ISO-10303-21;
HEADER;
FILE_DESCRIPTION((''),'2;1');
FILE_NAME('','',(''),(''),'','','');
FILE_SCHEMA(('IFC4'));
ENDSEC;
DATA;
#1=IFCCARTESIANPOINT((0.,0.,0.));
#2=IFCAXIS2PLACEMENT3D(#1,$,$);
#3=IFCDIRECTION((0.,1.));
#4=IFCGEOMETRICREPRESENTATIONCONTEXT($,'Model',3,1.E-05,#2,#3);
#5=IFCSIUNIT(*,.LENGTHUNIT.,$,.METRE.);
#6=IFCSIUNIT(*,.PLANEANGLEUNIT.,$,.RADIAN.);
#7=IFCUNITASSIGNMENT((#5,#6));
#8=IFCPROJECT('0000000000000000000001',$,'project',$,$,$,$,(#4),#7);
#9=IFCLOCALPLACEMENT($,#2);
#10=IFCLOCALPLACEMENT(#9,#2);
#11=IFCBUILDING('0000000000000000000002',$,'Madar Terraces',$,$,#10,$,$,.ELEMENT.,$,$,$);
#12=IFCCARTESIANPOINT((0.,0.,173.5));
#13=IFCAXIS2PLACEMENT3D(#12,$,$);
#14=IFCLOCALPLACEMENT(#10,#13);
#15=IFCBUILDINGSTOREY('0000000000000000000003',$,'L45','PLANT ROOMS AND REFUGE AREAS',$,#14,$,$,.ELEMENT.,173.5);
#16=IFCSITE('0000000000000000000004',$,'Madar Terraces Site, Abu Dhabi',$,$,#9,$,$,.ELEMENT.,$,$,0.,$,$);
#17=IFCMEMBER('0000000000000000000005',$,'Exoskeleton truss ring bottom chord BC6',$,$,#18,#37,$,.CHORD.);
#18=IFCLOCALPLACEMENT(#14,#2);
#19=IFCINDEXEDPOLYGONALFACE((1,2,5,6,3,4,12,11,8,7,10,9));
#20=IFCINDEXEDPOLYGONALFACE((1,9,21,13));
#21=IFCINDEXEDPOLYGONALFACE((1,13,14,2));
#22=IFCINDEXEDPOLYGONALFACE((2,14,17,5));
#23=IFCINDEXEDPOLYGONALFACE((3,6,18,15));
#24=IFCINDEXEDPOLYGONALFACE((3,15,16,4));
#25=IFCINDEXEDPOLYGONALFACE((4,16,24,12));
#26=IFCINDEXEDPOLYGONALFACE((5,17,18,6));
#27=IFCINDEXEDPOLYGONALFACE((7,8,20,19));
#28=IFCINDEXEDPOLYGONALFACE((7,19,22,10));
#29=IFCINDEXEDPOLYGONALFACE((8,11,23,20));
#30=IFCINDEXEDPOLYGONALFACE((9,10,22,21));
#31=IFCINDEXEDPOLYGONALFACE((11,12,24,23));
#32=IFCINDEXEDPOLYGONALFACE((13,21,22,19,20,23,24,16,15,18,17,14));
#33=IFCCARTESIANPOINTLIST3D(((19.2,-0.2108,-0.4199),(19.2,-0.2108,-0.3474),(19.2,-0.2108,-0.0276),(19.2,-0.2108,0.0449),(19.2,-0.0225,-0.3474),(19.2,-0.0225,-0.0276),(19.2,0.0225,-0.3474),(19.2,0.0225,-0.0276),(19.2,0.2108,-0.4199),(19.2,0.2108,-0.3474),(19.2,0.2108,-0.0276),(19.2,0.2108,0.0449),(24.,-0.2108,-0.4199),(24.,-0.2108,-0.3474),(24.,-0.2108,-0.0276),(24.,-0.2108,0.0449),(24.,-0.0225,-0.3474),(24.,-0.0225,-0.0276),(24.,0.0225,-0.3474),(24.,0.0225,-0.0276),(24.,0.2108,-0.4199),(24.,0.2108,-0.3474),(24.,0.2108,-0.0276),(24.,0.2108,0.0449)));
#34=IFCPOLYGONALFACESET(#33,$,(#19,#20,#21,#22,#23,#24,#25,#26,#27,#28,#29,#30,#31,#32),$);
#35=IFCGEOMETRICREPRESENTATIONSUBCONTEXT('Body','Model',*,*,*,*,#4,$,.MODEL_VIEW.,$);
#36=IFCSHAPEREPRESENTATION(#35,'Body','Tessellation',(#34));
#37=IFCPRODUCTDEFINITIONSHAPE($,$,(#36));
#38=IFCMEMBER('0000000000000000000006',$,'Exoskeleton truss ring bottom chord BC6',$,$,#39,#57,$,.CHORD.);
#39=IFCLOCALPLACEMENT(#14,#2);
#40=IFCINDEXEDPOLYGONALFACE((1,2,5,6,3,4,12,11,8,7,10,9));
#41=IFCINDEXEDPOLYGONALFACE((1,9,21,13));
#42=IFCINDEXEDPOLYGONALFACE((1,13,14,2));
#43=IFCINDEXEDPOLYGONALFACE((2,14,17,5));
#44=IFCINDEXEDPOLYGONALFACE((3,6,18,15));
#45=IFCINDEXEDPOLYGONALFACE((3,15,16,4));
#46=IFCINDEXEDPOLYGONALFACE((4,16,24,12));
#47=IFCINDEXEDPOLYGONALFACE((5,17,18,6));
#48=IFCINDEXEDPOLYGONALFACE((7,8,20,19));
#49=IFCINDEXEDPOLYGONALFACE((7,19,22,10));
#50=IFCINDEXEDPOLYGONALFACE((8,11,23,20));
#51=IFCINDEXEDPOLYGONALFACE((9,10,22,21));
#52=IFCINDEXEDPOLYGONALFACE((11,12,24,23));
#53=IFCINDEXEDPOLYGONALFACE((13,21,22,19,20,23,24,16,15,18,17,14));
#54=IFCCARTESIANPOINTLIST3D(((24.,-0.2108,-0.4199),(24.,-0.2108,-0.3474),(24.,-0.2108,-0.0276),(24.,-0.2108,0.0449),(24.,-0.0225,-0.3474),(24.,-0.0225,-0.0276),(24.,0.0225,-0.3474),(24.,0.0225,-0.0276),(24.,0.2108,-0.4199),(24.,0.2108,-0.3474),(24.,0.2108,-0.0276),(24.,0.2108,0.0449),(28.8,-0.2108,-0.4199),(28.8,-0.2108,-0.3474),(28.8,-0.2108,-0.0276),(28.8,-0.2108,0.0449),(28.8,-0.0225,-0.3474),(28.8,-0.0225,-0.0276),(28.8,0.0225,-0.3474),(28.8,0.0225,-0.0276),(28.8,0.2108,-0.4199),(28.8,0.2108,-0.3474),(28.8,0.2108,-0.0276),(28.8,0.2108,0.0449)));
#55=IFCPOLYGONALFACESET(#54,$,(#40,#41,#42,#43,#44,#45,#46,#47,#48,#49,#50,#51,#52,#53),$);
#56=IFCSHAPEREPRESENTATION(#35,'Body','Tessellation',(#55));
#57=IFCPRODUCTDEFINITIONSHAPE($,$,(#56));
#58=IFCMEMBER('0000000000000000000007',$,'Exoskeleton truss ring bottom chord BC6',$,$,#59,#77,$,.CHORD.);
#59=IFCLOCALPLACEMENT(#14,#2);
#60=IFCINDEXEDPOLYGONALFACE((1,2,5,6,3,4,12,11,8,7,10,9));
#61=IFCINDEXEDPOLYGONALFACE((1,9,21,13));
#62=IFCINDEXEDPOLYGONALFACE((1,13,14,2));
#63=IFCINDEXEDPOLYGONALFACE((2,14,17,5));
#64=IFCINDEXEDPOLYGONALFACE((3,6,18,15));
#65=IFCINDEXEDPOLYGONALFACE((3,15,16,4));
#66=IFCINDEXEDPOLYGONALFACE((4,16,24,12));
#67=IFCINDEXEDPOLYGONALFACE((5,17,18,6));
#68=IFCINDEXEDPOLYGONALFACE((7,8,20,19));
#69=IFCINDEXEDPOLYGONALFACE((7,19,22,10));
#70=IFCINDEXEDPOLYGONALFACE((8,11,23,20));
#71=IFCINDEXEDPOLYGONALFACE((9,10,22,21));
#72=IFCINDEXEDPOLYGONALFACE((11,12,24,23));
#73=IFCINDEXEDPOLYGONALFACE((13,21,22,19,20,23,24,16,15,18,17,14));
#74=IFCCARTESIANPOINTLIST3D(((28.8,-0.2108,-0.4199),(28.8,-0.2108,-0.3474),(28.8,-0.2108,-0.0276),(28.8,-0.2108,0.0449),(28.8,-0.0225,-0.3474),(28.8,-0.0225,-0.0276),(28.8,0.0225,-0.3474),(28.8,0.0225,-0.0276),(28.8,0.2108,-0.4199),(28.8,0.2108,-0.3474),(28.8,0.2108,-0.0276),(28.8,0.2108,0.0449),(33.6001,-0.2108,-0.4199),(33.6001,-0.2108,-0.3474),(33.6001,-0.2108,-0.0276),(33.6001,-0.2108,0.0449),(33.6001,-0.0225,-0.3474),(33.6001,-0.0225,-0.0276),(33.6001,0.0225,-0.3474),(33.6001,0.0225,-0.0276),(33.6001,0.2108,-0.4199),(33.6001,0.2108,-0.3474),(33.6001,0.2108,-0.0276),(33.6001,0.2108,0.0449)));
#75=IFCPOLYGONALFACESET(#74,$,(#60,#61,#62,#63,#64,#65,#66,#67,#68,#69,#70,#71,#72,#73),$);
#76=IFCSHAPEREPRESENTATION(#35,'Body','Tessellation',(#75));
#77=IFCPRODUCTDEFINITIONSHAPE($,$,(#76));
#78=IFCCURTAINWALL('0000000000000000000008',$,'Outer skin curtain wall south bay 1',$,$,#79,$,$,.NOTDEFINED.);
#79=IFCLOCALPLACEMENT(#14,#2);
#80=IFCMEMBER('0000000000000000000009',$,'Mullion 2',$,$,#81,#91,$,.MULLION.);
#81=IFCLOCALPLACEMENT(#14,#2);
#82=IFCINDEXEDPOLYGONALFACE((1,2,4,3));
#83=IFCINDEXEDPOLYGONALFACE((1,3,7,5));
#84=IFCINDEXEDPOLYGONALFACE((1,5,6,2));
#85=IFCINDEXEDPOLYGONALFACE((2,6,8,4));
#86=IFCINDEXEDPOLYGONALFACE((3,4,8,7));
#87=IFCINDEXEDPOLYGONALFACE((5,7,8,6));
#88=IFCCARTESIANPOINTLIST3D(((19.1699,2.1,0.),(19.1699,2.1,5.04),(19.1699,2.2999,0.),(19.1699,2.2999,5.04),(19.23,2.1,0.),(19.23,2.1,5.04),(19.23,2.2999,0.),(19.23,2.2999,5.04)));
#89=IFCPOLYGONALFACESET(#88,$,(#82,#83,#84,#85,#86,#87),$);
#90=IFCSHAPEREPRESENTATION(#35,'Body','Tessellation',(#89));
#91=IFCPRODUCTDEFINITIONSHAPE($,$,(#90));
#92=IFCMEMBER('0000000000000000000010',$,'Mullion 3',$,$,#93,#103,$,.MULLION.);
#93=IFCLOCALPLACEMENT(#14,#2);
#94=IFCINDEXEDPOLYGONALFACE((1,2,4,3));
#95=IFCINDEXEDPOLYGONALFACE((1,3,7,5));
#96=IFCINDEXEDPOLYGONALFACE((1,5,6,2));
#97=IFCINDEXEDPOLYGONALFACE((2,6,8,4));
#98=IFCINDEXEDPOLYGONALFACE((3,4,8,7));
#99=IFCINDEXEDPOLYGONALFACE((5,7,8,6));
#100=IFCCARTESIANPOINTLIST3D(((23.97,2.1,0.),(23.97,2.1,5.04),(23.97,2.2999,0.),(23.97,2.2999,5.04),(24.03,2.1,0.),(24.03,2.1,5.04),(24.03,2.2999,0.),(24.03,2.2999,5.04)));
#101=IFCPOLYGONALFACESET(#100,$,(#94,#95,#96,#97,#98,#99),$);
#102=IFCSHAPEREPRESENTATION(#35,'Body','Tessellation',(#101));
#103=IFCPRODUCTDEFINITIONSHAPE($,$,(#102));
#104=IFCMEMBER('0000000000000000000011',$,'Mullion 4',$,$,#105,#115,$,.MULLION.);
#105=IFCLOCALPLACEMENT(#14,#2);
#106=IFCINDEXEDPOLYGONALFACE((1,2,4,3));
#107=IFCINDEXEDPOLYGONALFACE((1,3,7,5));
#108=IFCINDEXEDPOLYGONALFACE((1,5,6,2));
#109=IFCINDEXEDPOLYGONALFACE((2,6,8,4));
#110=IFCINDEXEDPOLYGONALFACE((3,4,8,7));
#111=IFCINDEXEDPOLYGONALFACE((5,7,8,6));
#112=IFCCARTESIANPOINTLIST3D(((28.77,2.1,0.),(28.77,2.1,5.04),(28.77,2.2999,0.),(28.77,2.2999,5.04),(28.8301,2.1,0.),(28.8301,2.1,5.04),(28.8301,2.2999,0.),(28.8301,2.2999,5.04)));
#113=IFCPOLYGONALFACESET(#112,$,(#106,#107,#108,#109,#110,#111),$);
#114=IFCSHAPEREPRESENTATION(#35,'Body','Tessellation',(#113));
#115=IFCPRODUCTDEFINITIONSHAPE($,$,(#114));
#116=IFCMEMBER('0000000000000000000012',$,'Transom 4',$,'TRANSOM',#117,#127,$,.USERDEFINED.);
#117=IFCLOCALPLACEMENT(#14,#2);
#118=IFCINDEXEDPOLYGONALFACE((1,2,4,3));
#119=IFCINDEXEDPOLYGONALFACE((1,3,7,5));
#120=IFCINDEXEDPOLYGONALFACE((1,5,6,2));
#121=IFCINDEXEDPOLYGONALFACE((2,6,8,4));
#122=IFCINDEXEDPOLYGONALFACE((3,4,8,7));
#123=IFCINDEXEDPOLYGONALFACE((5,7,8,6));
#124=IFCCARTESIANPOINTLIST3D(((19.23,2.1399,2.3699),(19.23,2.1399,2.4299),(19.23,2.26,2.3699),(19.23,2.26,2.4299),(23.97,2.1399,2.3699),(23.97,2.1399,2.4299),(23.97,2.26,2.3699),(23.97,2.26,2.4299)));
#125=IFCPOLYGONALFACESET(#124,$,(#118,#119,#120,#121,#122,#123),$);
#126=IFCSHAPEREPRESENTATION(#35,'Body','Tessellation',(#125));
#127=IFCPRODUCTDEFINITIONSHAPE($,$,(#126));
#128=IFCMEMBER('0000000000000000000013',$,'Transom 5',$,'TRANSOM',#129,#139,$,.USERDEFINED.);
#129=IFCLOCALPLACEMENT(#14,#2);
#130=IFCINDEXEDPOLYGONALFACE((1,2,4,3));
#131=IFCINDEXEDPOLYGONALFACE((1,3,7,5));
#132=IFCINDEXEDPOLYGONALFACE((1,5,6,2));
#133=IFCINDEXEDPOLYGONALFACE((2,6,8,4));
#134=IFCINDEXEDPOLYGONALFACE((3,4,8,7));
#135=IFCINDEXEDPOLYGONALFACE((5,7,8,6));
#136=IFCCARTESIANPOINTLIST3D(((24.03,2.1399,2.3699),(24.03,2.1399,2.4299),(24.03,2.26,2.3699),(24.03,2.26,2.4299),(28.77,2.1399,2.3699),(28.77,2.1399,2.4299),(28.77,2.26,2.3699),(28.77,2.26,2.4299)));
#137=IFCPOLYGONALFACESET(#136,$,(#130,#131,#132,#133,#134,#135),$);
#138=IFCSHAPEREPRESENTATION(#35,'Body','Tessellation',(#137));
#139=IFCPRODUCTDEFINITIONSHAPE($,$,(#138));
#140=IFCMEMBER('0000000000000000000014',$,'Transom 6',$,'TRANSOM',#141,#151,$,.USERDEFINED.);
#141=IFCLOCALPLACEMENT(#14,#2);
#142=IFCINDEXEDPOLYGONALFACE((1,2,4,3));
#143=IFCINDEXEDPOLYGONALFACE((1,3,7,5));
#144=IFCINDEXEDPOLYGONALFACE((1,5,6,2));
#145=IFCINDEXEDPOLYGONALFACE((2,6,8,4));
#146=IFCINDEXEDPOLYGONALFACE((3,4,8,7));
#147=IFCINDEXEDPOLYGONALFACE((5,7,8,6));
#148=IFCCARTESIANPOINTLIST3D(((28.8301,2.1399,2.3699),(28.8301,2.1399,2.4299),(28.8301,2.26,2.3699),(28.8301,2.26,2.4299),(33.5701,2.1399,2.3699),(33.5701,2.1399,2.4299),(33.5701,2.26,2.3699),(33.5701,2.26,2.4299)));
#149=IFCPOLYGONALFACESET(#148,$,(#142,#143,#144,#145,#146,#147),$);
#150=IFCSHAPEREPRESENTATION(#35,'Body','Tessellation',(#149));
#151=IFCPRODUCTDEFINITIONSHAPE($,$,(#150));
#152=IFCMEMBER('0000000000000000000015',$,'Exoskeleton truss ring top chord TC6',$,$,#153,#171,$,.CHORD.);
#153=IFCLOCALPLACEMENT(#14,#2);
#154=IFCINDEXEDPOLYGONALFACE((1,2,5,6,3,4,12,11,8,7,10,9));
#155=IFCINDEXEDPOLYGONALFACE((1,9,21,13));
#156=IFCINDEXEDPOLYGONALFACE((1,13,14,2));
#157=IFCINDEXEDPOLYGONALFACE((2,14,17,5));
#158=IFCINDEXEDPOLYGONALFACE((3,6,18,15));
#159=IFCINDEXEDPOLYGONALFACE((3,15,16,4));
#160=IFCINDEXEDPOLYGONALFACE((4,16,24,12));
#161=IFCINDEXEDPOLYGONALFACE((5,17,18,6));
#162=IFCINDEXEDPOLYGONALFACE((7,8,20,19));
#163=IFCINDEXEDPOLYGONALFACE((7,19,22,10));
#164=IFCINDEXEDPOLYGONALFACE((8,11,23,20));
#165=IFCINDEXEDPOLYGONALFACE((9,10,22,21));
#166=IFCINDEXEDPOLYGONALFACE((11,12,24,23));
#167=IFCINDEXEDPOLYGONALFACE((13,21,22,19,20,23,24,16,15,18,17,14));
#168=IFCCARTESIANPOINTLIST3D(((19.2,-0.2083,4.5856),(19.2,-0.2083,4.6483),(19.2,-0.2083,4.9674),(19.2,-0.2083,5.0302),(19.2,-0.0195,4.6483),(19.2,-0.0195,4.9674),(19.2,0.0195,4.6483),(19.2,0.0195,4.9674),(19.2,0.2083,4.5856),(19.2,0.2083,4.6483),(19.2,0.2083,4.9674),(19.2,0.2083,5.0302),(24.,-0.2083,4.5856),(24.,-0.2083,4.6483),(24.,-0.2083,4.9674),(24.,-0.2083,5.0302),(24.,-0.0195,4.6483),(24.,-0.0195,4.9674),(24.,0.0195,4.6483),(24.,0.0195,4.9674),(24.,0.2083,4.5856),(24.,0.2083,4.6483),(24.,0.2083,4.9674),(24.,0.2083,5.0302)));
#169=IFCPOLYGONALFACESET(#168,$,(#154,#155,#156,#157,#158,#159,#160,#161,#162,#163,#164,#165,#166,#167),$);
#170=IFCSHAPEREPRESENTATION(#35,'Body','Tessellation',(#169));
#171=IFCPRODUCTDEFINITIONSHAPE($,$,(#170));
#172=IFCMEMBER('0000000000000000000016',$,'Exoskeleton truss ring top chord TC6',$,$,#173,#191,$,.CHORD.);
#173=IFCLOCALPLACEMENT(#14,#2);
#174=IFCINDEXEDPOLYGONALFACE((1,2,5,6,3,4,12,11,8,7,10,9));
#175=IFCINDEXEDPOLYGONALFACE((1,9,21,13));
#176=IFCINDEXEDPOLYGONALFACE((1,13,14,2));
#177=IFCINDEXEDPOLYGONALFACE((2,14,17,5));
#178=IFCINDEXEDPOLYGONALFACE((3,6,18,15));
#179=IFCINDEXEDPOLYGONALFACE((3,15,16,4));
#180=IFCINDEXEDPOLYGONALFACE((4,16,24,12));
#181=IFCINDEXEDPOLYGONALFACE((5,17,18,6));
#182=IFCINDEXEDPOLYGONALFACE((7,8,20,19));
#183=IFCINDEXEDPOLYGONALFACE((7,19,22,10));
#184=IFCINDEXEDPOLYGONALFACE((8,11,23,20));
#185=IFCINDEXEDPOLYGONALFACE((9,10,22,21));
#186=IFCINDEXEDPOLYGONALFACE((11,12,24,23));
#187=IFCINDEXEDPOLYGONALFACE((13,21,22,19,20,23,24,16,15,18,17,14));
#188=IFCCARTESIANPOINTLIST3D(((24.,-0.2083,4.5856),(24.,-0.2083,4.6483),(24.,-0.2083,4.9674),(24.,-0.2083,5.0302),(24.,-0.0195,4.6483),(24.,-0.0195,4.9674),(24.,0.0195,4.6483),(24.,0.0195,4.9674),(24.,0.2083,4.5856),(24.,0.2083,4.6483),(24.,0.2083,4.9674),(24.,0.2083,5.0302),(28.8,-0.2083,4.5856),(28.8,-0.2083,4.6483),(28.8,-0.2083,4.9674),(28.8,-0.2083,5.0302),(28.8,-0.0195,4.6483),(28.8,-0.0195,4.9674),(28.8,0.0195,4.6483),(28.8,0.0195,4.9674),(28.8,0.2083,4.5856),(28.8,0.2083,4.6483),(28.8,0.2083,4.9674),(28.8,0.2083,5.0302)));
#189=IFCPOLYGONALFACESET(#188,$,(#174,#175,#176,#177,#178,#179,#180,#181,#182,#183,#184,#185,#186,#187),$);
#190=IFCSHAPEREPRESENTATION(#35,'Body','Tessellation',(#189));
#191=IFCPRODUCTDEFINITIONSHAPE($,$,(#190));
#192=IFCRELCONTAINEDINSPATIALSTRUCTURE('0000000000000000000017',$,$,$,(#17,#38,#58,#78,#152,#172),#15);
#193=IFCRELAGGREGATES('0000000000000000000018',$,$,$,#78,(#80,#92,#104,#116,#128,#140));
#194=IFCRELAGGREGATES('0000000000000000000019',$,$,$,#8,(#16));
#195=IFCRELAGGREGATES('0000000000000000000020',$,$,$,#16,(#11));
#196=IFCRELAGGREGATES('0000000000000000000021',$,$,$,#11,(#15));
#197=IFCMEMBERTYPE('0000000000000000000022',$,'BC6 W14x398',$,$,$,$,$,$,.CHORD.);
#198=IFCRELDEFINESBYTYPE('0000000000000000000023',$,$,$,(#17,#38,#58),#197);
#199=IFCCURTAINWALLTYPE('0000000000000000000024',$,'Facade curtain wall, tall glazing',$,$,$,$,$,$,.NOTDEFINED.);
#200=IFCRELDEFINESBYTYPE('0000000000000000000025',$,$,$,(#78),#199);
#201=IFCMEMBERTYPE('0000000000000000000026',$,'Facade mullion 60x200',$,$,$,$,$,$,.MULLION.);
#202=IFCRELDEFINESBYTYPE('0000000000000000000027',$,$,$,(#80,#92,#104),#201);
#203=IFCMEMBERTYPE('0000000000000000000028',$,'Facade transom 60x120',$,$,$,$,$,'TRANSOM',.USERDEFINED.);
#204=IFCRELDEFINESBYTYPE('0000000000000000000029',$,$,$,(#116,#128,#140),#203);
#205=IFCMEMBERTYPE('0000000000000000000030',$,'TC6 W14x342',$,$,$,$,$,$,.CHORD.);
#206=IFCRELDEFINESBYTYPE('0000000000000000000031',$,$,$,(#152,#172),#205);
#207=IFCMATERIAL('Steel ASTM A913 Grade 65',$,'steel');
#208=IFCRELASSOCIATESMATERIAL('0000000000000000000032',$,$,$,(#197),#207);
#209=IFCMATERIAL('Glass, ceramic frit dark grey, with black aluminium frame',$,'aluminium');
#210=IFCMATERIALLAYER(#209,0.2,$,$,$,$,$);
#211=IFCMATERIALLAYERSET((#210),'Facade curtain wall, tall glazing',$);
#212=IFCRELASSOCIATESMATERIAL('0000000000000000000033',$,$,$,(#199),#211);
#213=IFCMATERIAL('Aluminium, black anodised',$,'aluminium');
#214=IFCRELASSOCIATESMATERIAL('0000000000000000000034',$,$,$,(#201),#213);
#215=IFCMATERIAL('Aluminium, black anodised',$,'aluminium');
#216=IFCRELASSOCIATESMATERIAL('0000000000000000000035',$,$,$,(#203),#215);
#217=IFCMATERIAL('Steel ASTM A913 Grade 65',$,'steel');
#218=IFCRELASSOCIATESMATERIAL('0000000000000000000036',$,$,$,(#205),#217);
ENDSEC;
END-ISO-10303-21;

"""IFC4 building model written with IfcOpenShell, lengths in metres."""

from ifc_helpers import new_model, si_unit, direction, frame, origin, origin_2d, place, context, subcontext, project, spatial, rectangle, i_section, extrude, material, layer, layer_set, material_profile, profile_set, type_object, element, aggregate, save


model = new_model("IFC4")

# Units and contexts
model_context = context("Model", 3, precision=1e-05, world=origin(), true_north=direction((0.0, 1.0)))
body_context = subcontext(model_context, "Body", "Model", "MODEL_VIEW")
ifc_project = project(units=[si_unit("LENGTHUNIT", "METRE"), si_unit("PLANEANGLEUNIT", "RADIAN")], contexts=[model_context])

# Site, building, storey
site_placement = place(None, origin())
site = spatial("IfcSite", under=ifc_project, at=site_placement, Name="Madar Terraces Site, Abu Dhabi", CompositionType="ELEMENT", RefElevation=0.0)
building_placement = place(site_placement, origin())
building = spatial("IfcBuilding", under=site, at=building_placement, Name="Madar Terraces", CompositionType="ELEMENT")
storey_placement = place(building_placement, frame((0.0, 0.0, 173.5)))
storey = spatial("IfcBuildingStorey", under=building, at=storey_placement, Name="L45", Description="PLANT ROOMS AND REFUGE AREAS", CompositionType="ELEMENT", Elevation=173.5)

# Members
ifc_material_1 = material(Name="Steel ASTM A913 Grade 65", Category="steel")
ifc_material_profile_1 = material_profile(ifc_material_1, i_section(OverallWidth=0.4216, OverallDepth=0.4648, WebThickness=0.0449, FlangeThickness=0.0725, at=origin_2d()), Name="W14x398")
ifc_profile_set_1 = profile_set([ifc_material_profile_1], Name="Steel ASTM A913 Grade 65")
member_type_1 = type_object("IfcMemberType", Name="BC6 W14x398", PredefinedType="CHORD", material=ifc_profile_set_1)
for number, where, z_axis, x_axis, name in (
    (1, (19.2, 0.0, -0.1875), (1.0, 0.0, 0.0), (0.0, 1.0, 0.0), "Exoskeleton truss ring bottom chord BC6"),
    (2, (24.0, 0.0, -0.1875), (1.0, 0.0, 0.0), (0.0, 1.0, 0.0), "Exoskeleton truss ring bottom chord BC6"),
    (3, (28.8, 0.0, -0.1875), (1.0, 0.0, 0.0), (0.0, 1.0, 0.0), "Exoskeleton truss ring bottom chord BC6"),
):
    element("IfcMember", number, at=place(storey_placement, frame(where, z_axis=z_axis, x_axis=x_axis)), inside=storey, type_object=member_type_1, Name=name, PredefinedType="CHORD", context=body_context, shape_type="SweptSolid", body=[
        extrude(i_section(OverallWidth=0.4216, OverallDepth=0.4648, WebThickness=0.0449, FlangeThickness=0.0725, at=origin_2d()), origin(), (0.0, 0.0, 1.0), 4.8),
    ])

# Curtain wall, members
ifc_material_2 = material(Name="Glass, ceramic frit dark grey, with black aluminium frame", Category="aluminium")
ifc_layer_1 = layer(ifc_material_2, 0.2)
ifc_layer_set_1 = layer_set([ifc_layer_1], Name="Facade curtain wall, tall glazing")
curtain_wall_type = type_object("IfcCurtainWallType", Name="Facade curtain wall, tall glazing", PredefinedType="NOTDEFINED", material=ifc_layer_set_1)
curtain_wall_placement = place(storey_placement, origin())
curtain_wall = element("IfcCurtainWall", 4, at=curtain_wall_placement, inside=storey, type_object=curtain_wall_type, Name="Outer skin curtain wall south bay 1", PredefinedType="NOTDEFINED")
ifc_material_3 = material(Name="Aluminium, black anodised", Category="aluminium")
ifc_material_profile_2 = material_profile(ifc_material_3, rectangle(XDim=0.2, YDim=0.0601, at=origin_2d()), Name="Facade mullion 60x200")
ifc_profile_set_2 = profile_set([ifc_material_profile_2], Name="Aluminium, black anodised")
member_type_2 = type_object("IfcMemberType", Name="Facade mullion 60x200", PredefinedType="MULLION", material=ifc_profile_set_2)
member_1_placement = place(storey_placement, frame((19.2, 2.2, 0.0), z_axis=(0.0, 0.0, 1.0), x_axis=(0.0, 1.0, 0.0)))
member_1 = element("IfcMember", 5, at=member_1_placement, type_object=member_type_2, Name="Mullion 2", PredefinedType="MULLION", context=body_context, shape_type="SweptSolid", body=[
    extrude(rectangle(XDim=0.2, YDim=0.0601, at=origin_2d()), origin(), (0.0, 0.0, 1.0), 5.04),
])
member_2_placement = place(storey_placement, frame((24.0, 2.2, 0.0), z_axis=(0.0, 0.0, 1.0), x_axis=(0.0, 1.0, 0.0)))
member_2 = element("IfcMember", 6, at=member_2_placement, type_object=member_type_2, Name="Mullion 3", PredefinedType="MULLION", context=body_context, shape_type="SweptSolid", body=[
    extrude(rectangle(XDim=0.2, YDim=0.0601, at=origin_2d()), origin(), (0.0, 0.0, 1.0), 5.04),
])
member_3_placement = place(storey_placement, frame((28.8, 2.2, 0.0), z_axis=(0.0, 0.0, 1.0), x_axis=(0.0, 1.0, 0.0)))
member_3 = element("IfcMember", 7, at=member_3_placement, type_object=member_type_2, Name="Mullion 4", PredefinedType="MULLION", context=body_context, shape_type="SweptSolid", body=[
    extrude(rectangle(XDim=0.2, YDim=0.0601, at=origin_2d()), origin(), (0.0, 0.0, 1.0), 5.04),
])
ifc_material_4 = material(Name="Aluminium, black anodised", Category="aluminium")
ifc_material_profile_3 = material_profile(ifc_material_4, rectangle(XDim=0.1201, YDim=0.0601, at=origin_2d()), Name="Facade transom 60x120")
ifc_profile_set_3 = profile_set([ifc_material_profile_3], Name="Aluminium, black anodised")
member_type_3 = type_object("IfcMemberType", Name="Facade transom 60x120", ElementType="TRANSOM", PredefinedType="USERDEFINED", material=ifc_profile_set_3)
member_4_placement = place(storey_placement, frame((19.23, 2.2, 2.3999), z_axis=(1.0, 0.0, 0.0), x_axis=(0.0, 1.0, 0.0)))
member_4 = element("IfcMember", 8, at=member_4_placement, type_object=member_type_3, Name="Transom 4", ObjectType="TRANSOM", PredefinedType="USERDEFINED", context=body_context, shape_type="SweptSolid", body=[
    extrude(rectangle(XDim=0.1201, YDim=0.0601, at=origin_2d()), origin(), (0.0, 0.0, 1.0), 4.74),
])
member_5_placement = place(storey_placement, frame((24.03, 2.2, 2.3999), z_axis=(1.0, 0.0, 0.0), x_axis=(0.0, 1.0, 0.0)))
member_5 = element("IfcMember", 9, at=member_5_placement, type_object=member_type_3, Name="Transom 5", ObjectType="TRANSOM", PredefinedType="USERDEFINED", context=body_context, shape_type="SweptSolid", body=[
    extrude(rectangle(XDim=0.1201, YDim=0.0601, at=origin_2d()), origin(), (0.0, 0.0, 1.0), 4.74),
])
member_6_placement = place(storey_placement, frame((28.8301, 2.2, 2.3999), z_axis=(1.0, 0.0, 0.0), x_axis=(0.0, 1.0, 0.0)))
member_6 = element("IfcMember", 10, at=member_6_placement, type_object=member_type_3, Name="Transom 6", ObjectType="TRANSOM", PredefinedType="USERDEFINED", context=body_context, shape_type="SweptSolid", body=[
    extrude(rectangle(XDim=0.1201, YDim=0.0601, at=origin_2d()), origin(), (0.0, 0.0, 1.0), 4.74),
])

# Members
ifc_material_5 = material(Name="Steel ASTM A913 Grade 65", Category="steel")
ifc_material_profile_4 = material_profile(ifc_material_5, i_section(OverallWidth=0.4165, OverallDepth=0.4446, WebThickness=0.0391, FlangeThickness=0.0627, at=origin_2d()), Name="W14x342")
ifc_profile_set_4 = profile_set([ifc_material_profile_4], Name="Steel ASTM A913 Grade 65")
member_type_4 = type_object("IfcMemberType", Name="TC6 W14x342", PredefinedType="CHORD", material=ifc_profile_set_4)
for number, where, z_axis, x_axis, name in (
    (11, (19.2, 0.0, 4.8079), (1.0, 0.0, 0.0), (0.0, 1.0, 0.0), "Exoskeleton truss ring top chord TC6"),
    (12, (24.0, 0.0, 4.8079), (1.0, 0.0, 0.0), (0.0, 1.0, 0.0), "Exoskeleton truss ring top chord TC6"),
):
    element("IfcMember", number, at=place(storey_placement, frame(where, z_axis=z_axis, x_axis=x_axis)), inside=storey, type_object=member_type_4, Name=name, PredefinedType="CHORD", context=body_context, shape_type="SweptSolid", body=[
        extrude(i_section(OverallWidth=0.4165, OverallDepth=0.4446, WebThickness=0.0391, FlangeThickness=0.0627, at=origin_2d()), origin(), (0.0, 0.0, 1.0), 4.8),
    ])

aggregate(curtain_wall, [member_1, member_2, member_3, member_4, member_5, member_6])

save(model, "model.ifc")
